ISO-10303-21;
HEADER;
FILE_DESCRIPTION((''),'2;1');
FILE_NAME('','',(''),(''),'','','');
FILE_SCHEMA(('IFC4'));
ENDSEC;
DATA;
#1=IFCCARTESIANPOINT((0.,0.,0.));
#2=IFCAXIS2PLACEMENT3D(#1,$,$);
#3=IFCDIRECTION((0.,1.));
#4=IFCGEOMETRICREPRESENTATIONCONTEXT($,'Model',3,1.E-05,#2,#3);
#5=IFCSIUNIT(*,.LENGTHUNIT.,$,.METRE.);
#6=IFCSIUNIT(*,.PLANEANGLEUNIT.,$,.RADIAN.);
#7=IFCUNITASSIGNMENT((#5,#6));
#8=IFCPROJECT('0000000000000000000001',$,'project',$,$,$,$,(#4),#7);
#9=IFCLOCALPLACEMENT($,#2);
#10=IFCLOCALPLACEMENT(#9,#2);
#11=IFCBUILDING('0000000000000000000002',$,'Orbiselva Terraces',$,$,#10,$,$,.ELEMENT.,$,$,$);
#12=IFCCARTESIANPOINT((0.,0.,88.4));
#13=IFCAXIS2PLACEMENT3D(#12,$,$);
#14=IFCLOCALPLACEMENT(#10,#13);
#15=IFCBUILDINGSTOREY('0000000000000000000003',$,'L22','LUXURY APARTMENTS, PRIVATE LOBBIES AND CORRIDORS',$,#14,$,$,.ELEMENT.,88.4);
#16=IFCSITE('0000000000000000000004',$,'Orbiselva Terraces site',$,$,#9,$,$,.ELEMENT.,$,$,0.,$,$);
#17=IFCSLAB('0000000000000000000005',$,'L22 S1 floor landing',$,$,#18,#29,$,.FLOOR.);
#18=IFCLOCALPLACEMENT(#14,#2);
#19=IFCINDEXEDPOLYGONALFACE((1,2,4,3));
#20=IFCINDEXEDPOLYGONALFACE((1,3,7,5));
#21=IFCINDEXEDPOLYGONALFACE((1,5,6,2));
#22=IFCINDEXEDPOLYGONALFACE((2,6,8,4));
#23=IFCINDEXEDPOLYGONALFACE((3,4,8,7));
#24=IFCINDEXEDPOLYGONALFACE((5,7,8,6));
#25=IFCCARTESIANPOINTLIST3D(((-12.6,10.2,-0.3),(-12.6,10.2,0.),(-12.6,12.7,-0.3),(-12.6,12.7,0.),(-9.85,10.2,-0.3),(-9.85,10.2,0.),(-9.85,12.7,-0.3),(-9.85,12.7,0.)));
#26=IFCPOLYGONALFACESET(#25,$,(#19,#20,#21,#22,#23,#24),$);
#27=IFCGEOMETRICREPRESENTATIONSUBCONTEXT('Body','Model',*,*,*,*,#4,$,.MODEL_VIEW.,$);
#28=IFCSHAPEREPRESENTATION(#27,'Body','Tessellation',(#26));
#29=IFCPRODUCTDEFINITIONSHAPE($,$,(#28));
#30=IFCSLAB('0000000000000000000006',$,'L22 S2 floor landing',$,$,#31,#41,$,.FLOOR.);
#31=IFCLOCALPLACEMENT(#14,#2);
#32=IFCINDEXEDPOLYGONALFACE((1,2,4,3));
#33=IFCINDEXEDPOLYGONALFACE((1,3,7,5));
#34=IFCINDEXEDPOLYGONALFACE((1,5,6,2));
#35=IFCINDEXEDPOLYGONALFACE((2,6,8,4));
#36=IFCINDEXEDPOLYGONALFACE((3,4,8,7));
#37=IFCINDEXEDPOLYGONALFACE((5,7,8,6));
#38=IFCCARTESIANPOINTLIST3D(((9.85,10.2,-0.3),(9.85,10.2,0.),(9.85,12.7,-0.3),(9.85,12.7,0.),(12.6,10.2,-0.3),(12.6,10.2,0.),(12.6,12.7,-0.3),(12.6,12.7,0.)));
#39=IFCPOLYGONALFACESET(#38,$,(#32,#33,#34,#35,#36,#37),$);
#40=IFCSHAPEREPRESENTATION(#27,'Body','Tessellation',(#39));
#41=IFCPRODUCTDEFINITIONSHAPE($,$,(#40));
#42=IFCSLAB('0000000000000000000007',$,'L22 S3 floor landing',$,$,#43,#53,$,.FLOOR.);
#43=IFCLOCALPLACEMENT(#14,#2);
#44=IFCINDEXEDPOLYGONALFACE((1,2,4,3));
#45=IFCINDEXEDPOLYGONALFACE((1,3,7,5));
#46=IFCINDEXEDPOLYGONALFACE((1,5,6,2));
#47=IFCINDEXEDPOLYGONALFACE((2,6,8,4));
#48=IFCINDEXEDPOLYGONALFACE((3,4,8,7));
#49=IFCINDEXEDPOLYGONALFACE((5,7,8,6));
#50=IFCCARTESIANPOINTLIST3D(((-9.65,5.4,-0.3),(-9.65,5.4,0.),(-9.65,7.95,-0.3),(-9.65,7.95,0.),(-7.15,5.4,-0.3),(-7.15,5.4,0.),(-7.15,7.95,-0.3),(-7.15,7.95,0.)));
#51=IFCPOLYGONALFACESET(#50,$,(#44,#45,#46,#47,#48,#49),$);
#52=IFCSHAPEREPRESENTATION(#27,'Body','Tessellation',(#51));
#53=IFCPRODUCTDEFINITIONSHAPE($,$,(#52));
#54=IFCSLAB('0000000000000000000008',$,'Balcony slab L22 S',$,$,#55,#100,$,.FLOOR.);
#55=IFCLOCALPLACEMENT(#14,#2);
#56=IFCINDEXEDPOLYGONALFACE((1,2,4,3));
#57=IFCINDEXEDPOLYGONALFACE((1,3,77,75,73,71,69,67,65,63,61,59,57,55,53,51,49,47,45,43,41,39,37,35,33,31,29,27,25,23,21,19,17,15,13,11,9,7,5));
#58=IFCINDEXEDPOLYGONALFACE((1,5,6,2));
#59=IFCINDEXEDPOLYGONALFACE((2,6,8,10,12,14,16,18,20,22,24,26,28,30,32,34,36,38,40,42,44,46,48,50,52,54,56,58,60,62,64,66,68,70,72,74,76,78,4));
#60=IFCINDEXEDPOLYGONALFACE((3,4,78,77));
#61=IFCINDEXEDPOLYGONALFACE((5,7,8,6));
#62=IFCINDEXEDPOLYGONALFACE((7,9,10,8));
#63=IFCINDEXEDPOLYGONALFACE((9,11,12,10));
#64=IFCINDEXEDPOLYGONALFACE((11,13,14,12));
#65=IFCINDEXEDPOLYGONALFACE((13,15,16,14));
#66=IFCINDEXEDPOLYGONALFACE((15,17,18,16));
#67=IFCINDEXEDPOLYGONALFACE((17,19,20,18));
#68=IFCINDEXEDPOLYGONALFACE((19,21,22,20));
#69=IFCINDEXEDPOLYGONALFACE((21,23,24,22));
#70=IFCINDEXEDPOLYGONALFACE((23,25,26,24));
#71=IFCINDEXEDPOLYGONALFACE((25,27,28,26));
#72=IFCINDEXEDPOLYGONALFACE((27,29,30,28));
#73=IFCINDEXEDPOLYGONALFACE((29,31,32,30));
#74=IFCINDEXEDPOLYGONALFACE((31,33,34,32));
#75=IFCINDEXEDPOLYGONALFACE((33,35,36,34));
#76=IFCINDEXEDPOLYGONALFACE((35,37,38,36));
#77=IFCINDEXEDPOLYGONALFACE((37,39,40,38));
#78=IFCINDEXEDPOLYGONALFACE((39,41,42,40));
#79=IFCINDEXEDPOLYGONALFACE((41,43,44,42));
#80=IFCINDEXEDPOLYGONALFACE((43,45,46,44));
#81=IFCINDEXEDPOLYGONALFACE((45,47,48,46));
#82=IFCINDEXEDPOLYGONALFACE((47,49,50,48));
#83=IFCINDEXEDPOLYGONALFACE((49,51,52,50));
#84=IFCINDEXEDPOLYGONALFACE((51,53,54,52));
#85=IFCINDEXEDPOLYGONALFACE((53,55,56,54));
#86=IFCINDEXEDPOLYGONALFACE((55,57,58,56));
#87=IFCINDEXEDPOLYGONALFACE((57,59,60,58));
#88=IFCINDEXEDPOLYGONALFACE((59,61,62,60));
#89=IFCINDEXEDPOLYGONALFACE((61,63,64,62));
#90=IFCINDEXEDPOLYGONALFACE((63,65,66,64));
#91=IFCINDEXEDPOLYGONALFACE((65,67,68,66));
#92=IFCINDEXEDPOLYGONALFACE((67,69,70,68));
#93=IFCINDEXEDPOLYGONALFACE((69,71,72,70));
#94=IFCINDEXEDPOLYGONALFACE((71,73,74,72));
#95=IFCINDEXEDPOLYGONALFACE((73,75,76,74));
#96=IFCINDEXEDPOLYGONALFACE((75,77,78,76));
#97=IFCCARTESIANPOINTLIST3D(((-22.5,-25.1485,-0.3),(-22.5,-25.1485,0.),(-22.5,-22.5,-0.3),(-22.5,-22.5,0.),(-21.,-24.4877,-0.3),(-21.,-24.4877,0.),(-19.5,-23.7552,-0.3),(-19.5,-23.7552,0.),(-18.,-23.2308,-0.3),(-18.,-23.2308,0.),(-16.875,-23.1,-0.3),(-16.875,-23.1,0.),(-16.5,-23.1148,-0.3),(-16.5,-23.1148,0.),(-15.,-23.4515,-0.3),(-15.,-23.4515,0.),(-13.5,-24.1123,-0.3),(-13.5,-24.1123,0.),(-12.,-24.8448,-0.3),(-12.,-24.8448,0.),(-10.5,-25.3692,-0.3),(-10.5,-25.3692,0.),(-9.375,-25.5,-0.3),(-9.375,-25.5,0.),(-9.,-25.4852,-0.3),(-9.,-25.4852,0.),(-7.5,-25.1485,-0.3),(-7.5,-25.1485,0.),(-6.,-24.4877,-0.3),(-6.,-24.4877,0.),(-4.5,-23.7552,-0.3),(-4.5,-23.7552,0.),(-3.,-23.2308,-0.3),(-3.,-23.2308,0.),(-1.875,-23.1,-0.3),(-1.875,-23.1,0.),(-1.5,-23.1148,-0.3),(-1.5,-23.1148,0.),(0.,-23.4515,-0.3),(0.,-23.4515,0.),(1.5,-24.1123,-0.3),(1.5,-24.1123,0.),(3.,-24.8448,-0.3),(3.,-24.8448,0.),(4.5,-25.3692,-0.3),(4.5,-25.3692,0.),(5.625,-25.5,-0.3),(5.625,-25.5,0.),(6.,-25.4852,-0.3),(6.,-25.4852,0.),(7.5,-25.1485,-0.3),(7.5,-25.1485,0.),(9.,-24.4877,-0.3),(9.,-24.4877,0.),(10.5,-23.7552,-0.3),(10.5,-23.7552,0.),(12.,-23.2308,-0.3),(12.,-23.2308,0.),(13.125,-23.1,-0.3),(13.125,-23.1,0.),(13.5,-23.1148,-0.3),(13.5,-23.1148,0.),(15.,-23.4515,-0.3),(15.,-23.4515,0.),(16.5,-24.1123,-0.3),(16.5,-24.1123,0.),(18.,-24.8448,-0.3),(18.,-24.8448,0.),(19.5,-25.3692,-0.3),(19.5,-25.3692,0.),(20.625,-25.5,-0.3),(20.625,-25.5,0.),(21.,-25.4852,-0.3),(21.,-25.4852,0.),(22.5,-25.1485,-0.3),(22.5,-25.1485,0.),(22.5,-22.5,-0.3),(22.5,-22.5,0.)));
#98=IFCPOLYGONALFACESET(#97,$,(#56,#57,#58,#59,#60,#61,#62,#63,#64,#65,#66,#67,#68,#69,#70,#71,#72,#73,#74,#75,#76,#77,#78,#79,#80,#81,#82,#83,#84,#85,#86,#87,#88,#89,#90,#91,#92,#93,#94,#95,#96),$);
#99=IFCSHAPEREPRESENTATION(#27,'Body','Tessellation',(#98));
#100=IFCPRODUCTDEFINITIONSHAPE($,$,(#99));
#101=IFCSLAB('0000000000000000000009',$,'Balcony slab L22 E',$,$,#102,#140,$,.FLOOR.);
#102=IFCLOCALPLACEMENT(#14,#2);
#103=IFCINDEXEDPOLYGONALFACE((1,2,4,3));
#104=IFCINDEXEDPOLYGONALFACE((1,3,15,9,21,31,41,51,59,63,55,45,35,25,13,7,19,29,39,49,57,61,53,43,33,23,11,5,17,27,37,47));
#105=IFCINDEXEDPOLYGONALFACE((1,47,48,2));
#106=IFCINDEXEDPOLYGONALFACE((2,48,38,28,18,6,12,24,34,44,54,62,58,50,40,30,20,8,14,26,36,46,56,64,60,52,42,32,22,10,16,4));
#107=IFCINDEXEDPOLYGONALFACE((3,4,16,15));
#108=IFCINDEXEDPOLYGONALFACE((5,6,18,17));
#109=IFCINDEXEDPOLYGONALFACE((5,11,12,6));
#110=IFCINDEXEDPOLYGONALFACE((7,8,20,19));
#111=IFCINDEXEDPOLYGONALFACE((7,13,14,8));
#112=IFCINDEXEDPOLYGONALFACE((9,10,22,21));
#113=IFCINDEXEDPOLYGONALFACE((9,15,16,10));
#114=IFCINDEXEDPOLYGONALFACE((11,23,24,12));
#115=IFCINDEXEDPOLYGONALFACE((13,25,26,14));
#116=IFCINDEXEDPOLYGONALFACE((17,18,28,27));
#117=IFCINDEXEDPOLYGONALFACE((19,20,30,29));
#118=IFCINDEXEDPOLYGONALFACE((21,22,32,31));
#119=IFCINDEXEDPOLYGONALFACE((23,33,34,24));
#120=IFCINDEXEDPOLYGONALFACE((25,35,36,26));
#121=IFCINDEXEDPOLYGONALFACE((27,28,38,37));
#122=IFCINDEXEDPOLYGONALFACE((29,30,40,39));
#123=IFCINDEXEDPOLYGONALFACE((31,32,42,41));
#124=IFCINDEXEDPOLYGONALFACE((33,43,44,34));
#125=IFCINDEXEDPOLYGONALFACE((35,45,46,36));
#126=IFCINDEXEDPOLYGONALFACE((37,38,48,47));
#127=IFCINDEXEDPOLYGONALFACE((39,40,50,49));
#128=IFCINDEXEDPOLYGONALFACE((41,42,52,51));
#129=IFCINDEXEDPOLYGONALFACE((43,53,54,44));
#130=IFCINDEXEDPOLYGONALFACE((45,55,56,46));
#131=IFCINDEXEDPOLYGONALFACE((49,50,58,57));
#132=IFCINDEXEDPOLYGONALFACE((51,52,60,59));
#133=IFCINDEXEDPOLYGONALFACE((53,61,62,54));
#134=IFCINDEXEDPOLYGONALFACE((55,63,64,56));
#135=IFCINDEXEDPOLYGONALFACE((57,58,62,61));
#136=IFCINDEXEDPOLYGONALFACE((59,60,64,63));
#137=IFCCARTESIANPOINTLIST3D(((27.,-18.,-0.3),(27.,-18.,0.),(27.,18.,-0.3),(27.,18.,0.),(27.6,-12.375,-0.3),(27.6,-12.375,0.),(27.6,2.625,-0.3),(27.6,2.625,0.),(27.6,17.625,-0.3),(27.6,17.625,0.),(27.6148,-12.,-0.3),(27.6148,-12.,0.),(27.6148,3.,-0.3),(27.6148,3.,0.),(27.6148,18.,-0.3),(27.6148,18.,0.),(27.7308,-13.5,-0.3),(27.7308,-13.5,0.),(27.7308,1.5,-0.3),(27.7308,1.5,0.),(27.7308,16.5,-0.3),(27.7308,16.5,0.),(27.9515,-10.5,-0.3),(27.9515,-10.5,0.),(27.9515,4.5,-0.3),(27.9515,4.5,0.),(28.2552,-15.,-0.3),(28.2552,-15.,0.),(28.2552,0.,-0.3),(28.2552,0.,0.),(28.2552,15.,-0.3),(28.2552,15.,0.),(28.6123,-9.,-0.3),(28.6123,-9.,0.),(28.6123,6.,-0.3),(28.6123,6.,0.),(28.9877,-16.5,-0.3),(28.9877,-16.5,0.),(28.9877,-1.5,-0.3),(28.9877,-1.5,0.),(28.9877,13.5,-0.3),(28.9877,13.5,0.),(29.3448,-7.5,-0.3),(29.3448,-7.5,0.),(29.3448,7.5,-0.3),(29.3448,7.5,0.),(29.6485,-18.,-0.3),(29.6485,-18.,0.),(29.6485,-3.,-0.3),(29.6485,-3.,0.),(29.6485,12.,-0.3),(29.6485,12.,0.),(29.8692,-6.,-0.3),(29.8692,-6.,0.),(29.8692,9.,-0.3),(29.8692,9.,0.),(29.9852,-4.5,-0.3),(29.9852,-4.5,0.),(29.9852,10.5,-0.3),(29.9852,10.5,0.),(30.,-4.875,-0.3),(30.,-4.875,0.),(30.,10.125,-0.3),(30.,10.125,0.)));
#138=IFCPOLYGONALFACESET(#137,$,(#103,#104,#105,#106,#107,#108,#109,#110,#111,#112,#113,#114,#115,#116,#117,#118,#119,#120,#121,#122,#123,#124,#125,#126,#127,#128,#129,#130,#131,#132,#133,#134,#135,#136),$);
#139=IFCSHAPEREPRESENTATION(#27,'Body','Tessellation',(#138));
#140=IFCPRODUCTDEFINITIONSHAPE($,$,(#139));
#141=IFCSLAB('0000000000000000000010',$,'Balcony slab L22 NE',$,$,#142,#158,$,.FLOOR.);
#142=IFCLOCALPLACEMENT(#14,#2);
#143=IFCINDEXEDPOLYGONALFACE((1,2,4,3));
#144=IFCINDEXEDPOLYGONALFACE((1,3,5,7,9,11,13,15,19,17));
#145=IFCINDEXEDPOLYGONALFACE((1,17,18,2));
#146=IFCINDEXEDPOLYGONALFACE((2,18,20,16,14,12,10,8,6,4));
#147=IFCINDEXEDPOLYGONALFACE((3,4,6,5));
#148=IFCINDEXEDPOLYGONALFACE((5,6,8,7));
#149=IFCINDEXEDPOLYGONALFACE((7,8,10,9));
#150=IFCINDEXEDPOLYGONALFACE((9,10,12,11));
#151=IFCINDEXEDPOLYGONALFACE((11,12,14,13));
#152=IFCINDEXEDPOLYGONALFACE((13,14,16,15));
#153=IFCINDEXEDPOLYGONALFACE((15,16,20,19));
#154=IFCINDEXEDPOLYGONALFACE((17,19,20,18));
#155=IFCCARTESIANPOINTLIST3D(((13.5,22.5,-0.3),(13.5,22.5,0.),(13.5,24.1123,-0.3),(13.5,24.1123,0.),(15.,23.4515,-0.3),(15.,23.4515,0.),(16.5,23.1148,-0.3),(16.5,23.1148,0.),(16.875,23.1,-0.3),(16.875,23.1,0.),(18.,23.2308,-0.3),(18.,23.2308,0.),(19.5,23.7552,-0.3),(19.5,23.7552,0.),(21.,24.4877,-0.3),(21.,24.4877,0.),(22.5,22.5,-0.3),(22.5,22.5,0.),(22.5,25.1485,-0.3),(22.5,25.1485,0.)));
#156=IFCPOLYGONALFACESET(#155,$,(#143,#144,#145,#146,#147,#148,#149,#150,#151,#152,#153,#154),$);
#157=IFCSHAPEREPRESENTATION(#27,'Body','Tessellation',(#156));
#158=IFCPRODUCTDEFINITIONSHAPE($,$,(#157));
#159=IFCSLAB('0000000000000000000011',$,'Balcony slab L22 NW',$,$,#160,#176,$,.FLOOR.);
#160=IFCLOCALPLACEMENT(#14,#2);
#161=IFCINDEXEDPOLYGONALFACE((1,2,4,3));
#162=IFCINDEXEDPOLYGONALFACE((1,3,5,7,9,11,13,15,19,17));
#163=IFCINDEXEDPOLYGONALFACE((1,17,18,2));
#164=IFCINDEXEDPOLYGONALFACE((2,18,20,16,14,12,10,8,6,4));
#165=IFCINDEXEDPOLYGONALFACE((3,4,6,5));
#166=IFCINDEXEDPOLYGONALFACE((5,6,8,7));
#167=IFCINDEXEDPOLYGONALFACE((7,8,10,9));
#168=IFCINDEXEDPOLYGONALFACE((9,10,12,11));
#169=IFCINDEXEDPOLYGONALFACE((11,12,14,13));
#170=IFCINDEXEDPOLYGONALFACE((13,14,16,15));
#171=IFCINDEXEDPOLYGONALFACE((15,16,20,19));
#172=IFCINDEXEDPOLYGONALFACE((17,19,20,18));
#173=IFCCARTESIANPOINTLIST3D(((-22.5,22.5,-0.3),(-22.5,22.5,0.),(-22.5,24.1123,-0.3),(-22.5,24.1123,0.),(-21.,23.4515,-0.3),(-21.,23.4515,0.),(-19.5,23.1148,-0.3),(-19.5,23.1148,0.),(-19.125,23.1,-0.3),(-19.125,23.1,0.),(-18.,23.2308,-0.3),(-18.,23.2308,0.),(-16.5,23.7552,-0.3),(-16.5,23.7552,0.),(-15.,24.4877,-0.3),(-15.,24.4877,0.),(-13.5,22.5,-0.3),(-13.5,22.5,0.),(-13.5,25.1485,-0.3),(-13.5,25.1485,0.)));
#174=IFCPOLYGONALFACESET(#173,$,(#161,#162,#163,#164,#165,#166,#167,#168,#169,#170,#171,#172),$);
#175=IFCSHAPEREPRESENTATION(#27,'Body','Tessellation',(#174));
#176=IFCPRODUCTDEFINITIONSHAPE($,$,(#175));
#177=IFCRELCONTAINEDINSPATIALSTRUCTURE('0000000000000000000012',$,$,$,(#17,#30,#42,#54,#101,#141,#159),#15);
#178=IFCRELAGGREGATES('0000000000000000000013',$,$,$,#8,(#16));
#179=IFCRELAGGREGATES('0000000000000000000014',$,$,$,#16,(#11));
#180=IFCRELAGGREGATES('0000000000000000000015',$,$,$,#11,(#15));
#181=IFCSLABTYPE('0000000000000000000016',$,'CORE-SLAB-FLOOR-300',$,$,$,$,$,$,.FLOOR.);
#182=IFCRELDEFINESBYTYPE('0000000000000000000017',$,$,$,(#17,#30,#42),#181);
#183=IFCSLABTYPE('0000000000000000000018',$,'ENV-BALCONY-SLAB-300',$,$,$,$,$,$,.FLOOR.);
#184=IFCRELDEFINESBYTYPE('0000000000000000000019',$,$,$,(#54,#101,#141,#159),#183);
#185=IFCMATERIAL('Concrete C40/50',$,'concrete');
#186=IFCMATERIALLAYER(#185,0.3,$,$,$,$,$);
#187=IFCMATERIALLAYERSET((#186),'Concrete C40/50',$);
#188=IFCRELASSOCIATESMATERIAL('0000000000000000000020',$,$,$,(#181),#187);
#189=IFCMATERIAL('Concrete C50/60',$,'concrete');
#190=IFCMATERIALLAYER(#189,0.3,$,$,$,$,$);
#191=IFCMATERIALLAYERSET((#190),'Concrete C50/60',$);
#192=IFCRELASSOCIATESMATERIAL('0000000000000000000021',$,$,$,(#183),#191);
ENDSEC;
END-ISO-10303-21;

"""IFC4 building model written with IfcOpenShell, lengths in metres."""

from ifc_helpers import new_model, si_unit, direction, frame, origin, place, context, subcontext, project, spatial, polyline, outline, extrude, material, layer, layer_set, type_object, element, save


model = new_model("IFC4")

# Units and contexts
model_context = context("Model", 3, precision=1e-05, world=origin(), true_north=direction((0.0, 1.0)))
body_context = subcontext(model_context, "Body", "Model", "MODEL_VIEW")
ifc_project = project(units=[si_unit("LENGTHUNIT", "METRE"), si_unit("PLANEANGLEUNIT", "RADIAN")], contexts=[model_context])

# Site, building, storey
site_placement = place(None, origin())
site = spatial("IfcSite", under=ifc_project, at=site_placement, Name="Orbiselva Terraces site", CompositionType="ELEMENT", RefElevation=0.0)
building_placement = place(site_placement, origin())
building = spatial("IfcBuilding", under=site, at=building_placement, Name="Orbiselva Terraces", CompositionType="ELEMENT")
storey_placement = place(building_placement, frame((0.0, 0.0, 88.4)))
storey = spatial("IfcBuildingStorey", under=building, at=storey_placement, Name="L22", Description="LUXURY APARTMENTS, PRIVATE LOBBIES AND CORRIDORS", CompositionType="ELEMENT", Elevation=88.4)

# Slabs
ifc_material_1 = material(Name="Concrete C40/50", Category="concrete")
ifc_layer_1 = layer(ifc_material_1, 0.3)
ifc_layer_set_1 = layer_set([ifc_layer_1], Name="Concrete C40/50")
slab_type_1 = type_object("IfcSlabType", Name="CORE-SLAB-FLOOR-300", PredefinedType="FLOOR", material=ifc_layer_set_1)
slab_1_placement = place(storey_placement, frame((0.0, 0.0, -0.3)))
element("IfcSlab", 1, at=slab_1_placement, inside=storey, type_object=slab_type_1, Name="L22 S1 floor landing", PredefinedType="FLOOR", context=body_context, shape_type="SweptSolid", body=[
    extrude(outline(polyline([(-12.6, 12.7), (-9.85, 12.7), (-9.85, 10.2), (-12.6, 10.2), (-12.6, 12.7)])), origin(), (0.0, 0.0, 1.0), 0.3),
])
slab_2_placement = place(storey_placement, frame((0.0, 0.0, -0.3)))
element("IfcSlab", 2, at=slab_2_placement, inside=storey, type_object=slab_type_1, Name="L22 S2 floor landing", PredefinedType="FLOOR", context=body_context, shape_type="SweptSolid", body=[
    extrude(outline(polyline([(12.6, 12.7), (12.6, 10.2), (9.85, 10.2), (9.85, 12.7), (12.6, 12.7)])), origin(), (0.0, 0.0, 1.0), 0.3),
])
slab_3_placement = place(storey_placement, frame((0.0, 0.0, -0.3)))
element("IfcSlab", 3, at=slab_3_placement, inside=storey, type_object=slab_type_1, Name="L22 S3 floor landing", PredefinedType="FLOOR", context=body_context, shape_type="SweptSolid", body=[
    extrude(outline(polyline([(-7.15, 5.4), (-9.65, 5.4), (-9.65, 7.95), (-7.15, 7.95), (-7.15, 5.4)])), origin(), (0.0, 0.0, 1.0), 0.3),
])
ifc_material_2 = material(Name="Concrete C50/60", Category="concrete")
ifc_layer_2 = layer(ifc_material_2, 0.3)
ifc_layer_set_2 = layer_set([ifc_layer_2], Name="Concrete C50/60")
slab_type_2 = type_object("IfcSlabType", Name="ENV-BALCONY-SLAB-300", PredefinedType="FLOOR", material=ifc_layer_set_2)
slab_4_placement = place(storey_placement, frame((0.0, 0.0, -0.3)))
element("IfcSlab", 4, at=slab_4_placement, inside=storey, type_object=slab_type_2, Name="Balcony slab L22 S", PredefinedType="FLOOR", context=body_context, shape_type="SweptSolid", body=[
    extrude(outline(polyline([(-22.5, -25.1485), (-21.0, -24.4877), (-19.5, -23.7552), (-18.0, -23.2308), (-16.875, -23.1), (-16.5, -23.1148), (-15.0, -23.4515), (-13.5, -24.1123), (-12.0, -24.8448), (-10.5, -25.3692), (-9.375, -25.5), (-9.0, -25.4852), (-7.5, -25.1485), (-6.0, -24.4877), (-4.5, -23.7552), (-3.0, -23.2308), (-1.875, -23.1), (-1.5, -23.1148), (0.0, -23.4515), (1.5, -24.1123), (3.0, -24.8448), (4.5, -25.3692), (5.625, -25.5), (6.0, -25.4852), (7.5, -25.1485), (9.0, -24.4877), (10.5, -23.7552), (12.0, -23.2308), (13.125, -23.1), (13.5, -23.1148), (15.0, -23.4515), (16.5, -24.1123), (18.0, -24.8448), (19.5, -25.3692), (20.625, -25.5), (21.0, -25.4852), (22.5, -25.1485), (22.5, -22.5), (-22.5, -22.5), (-22.5, -25.1485)])), origin(), (0.0, 0.0, 1.0), 0.3),
])
slab_5_placement = place(storey_placement, frame((0.0, 0.0, -0.3)))
element("IfcSlab", 5, at=slab_5_placement, inside=storey, type_object=slab_type_2, Name="Balcony slab L22 E", PredefinedType="FLOOR", context=body_context, shape_type="SweptSolid", body=[
    extrude(outline(polyline([(29.6485, -18.0), (28.9877, -16.5), (28.2552, -15.0), (27.7308, -13.5), (27.6, -12.375), (27.6148, -12.0), (27.9515, -10.5), (28.6123, -9.0), (29.3448, -7.5), (29.8692, -6.0), (30.0, -4.875), (29.9852, -4.5), (29.6485, -3.0), (28.9877, -1.5), (28.2552, 0.0), (27.7308, 1.5), (27.6, 2.625), (27.6148, 3.0), (27.9515, 4.5), (28.6123, 6.0), (29.3448, 7.5), (29.8692, 9.0), (30.0, 10.125), (29.9852, 10.5), (29.6485, 12.0), (28.9877, 13.5), (28.2552, 15.0), (27.7308, 16.5), (27.6, 17.625), (27.6148, 18.0), (27.0, 18.0), (27.0, -18.0), (29.6485, -18.0)])), origin(), (0.0, 0.0, 1.0), 0.3),
])
slab_6_placement = place(storey_placement, frame((0.0, 0.0, -0.3)))
element("IfcSlab", 6, at=slab_6_placement, inside=storey, type_object=slab_type_2, Name="Balcony slab L22 NE", PredefinedType="FLOOR", context=body_context, shape_type="SweptSolid", body=[
    extrude(outline(polyline([(22.5, 25.1485), (21.0, 24.4877), (19.5, 23.7552), (18.0, 23.2308), (16.875, 23.1), (16.5, 23.1148), (15.0, 23.4515), (13.5, 24.1123), (13.5, 22.5), (22.5, 22.5), (22.5, 25.1485)])), origin(), (0.0, 0.0, 1.0), 0.3),
])
slab_7_placement = place(storey_placement, frame((0.0, 0.0, -0.3)))
element("IfcSlab", 7, at=slab_7_placement, inside=storey, type_object=slab_type_2, Name="Balcony slab L22 NW", PredefinedType="FLOOR", context=body_context, shape_type="SweptSolid", body=[
    extrude(outline(polyline([(-13.5, 25.1485), (-15.0, 24.4877), (-16.5, 23.7552), (-18.0, 23.2308), (-19.125, 23.1), (-19.5, 23.1148), (-21.0, 23.4515), (-22.5, 24.1123), (-22.5, 22.5), (-13.5, 22.5), (-13.5, 25.1485)])), origin(), (0.0, 0.0, 1.0), 0.3),
])

save(model, "model.ifc")
